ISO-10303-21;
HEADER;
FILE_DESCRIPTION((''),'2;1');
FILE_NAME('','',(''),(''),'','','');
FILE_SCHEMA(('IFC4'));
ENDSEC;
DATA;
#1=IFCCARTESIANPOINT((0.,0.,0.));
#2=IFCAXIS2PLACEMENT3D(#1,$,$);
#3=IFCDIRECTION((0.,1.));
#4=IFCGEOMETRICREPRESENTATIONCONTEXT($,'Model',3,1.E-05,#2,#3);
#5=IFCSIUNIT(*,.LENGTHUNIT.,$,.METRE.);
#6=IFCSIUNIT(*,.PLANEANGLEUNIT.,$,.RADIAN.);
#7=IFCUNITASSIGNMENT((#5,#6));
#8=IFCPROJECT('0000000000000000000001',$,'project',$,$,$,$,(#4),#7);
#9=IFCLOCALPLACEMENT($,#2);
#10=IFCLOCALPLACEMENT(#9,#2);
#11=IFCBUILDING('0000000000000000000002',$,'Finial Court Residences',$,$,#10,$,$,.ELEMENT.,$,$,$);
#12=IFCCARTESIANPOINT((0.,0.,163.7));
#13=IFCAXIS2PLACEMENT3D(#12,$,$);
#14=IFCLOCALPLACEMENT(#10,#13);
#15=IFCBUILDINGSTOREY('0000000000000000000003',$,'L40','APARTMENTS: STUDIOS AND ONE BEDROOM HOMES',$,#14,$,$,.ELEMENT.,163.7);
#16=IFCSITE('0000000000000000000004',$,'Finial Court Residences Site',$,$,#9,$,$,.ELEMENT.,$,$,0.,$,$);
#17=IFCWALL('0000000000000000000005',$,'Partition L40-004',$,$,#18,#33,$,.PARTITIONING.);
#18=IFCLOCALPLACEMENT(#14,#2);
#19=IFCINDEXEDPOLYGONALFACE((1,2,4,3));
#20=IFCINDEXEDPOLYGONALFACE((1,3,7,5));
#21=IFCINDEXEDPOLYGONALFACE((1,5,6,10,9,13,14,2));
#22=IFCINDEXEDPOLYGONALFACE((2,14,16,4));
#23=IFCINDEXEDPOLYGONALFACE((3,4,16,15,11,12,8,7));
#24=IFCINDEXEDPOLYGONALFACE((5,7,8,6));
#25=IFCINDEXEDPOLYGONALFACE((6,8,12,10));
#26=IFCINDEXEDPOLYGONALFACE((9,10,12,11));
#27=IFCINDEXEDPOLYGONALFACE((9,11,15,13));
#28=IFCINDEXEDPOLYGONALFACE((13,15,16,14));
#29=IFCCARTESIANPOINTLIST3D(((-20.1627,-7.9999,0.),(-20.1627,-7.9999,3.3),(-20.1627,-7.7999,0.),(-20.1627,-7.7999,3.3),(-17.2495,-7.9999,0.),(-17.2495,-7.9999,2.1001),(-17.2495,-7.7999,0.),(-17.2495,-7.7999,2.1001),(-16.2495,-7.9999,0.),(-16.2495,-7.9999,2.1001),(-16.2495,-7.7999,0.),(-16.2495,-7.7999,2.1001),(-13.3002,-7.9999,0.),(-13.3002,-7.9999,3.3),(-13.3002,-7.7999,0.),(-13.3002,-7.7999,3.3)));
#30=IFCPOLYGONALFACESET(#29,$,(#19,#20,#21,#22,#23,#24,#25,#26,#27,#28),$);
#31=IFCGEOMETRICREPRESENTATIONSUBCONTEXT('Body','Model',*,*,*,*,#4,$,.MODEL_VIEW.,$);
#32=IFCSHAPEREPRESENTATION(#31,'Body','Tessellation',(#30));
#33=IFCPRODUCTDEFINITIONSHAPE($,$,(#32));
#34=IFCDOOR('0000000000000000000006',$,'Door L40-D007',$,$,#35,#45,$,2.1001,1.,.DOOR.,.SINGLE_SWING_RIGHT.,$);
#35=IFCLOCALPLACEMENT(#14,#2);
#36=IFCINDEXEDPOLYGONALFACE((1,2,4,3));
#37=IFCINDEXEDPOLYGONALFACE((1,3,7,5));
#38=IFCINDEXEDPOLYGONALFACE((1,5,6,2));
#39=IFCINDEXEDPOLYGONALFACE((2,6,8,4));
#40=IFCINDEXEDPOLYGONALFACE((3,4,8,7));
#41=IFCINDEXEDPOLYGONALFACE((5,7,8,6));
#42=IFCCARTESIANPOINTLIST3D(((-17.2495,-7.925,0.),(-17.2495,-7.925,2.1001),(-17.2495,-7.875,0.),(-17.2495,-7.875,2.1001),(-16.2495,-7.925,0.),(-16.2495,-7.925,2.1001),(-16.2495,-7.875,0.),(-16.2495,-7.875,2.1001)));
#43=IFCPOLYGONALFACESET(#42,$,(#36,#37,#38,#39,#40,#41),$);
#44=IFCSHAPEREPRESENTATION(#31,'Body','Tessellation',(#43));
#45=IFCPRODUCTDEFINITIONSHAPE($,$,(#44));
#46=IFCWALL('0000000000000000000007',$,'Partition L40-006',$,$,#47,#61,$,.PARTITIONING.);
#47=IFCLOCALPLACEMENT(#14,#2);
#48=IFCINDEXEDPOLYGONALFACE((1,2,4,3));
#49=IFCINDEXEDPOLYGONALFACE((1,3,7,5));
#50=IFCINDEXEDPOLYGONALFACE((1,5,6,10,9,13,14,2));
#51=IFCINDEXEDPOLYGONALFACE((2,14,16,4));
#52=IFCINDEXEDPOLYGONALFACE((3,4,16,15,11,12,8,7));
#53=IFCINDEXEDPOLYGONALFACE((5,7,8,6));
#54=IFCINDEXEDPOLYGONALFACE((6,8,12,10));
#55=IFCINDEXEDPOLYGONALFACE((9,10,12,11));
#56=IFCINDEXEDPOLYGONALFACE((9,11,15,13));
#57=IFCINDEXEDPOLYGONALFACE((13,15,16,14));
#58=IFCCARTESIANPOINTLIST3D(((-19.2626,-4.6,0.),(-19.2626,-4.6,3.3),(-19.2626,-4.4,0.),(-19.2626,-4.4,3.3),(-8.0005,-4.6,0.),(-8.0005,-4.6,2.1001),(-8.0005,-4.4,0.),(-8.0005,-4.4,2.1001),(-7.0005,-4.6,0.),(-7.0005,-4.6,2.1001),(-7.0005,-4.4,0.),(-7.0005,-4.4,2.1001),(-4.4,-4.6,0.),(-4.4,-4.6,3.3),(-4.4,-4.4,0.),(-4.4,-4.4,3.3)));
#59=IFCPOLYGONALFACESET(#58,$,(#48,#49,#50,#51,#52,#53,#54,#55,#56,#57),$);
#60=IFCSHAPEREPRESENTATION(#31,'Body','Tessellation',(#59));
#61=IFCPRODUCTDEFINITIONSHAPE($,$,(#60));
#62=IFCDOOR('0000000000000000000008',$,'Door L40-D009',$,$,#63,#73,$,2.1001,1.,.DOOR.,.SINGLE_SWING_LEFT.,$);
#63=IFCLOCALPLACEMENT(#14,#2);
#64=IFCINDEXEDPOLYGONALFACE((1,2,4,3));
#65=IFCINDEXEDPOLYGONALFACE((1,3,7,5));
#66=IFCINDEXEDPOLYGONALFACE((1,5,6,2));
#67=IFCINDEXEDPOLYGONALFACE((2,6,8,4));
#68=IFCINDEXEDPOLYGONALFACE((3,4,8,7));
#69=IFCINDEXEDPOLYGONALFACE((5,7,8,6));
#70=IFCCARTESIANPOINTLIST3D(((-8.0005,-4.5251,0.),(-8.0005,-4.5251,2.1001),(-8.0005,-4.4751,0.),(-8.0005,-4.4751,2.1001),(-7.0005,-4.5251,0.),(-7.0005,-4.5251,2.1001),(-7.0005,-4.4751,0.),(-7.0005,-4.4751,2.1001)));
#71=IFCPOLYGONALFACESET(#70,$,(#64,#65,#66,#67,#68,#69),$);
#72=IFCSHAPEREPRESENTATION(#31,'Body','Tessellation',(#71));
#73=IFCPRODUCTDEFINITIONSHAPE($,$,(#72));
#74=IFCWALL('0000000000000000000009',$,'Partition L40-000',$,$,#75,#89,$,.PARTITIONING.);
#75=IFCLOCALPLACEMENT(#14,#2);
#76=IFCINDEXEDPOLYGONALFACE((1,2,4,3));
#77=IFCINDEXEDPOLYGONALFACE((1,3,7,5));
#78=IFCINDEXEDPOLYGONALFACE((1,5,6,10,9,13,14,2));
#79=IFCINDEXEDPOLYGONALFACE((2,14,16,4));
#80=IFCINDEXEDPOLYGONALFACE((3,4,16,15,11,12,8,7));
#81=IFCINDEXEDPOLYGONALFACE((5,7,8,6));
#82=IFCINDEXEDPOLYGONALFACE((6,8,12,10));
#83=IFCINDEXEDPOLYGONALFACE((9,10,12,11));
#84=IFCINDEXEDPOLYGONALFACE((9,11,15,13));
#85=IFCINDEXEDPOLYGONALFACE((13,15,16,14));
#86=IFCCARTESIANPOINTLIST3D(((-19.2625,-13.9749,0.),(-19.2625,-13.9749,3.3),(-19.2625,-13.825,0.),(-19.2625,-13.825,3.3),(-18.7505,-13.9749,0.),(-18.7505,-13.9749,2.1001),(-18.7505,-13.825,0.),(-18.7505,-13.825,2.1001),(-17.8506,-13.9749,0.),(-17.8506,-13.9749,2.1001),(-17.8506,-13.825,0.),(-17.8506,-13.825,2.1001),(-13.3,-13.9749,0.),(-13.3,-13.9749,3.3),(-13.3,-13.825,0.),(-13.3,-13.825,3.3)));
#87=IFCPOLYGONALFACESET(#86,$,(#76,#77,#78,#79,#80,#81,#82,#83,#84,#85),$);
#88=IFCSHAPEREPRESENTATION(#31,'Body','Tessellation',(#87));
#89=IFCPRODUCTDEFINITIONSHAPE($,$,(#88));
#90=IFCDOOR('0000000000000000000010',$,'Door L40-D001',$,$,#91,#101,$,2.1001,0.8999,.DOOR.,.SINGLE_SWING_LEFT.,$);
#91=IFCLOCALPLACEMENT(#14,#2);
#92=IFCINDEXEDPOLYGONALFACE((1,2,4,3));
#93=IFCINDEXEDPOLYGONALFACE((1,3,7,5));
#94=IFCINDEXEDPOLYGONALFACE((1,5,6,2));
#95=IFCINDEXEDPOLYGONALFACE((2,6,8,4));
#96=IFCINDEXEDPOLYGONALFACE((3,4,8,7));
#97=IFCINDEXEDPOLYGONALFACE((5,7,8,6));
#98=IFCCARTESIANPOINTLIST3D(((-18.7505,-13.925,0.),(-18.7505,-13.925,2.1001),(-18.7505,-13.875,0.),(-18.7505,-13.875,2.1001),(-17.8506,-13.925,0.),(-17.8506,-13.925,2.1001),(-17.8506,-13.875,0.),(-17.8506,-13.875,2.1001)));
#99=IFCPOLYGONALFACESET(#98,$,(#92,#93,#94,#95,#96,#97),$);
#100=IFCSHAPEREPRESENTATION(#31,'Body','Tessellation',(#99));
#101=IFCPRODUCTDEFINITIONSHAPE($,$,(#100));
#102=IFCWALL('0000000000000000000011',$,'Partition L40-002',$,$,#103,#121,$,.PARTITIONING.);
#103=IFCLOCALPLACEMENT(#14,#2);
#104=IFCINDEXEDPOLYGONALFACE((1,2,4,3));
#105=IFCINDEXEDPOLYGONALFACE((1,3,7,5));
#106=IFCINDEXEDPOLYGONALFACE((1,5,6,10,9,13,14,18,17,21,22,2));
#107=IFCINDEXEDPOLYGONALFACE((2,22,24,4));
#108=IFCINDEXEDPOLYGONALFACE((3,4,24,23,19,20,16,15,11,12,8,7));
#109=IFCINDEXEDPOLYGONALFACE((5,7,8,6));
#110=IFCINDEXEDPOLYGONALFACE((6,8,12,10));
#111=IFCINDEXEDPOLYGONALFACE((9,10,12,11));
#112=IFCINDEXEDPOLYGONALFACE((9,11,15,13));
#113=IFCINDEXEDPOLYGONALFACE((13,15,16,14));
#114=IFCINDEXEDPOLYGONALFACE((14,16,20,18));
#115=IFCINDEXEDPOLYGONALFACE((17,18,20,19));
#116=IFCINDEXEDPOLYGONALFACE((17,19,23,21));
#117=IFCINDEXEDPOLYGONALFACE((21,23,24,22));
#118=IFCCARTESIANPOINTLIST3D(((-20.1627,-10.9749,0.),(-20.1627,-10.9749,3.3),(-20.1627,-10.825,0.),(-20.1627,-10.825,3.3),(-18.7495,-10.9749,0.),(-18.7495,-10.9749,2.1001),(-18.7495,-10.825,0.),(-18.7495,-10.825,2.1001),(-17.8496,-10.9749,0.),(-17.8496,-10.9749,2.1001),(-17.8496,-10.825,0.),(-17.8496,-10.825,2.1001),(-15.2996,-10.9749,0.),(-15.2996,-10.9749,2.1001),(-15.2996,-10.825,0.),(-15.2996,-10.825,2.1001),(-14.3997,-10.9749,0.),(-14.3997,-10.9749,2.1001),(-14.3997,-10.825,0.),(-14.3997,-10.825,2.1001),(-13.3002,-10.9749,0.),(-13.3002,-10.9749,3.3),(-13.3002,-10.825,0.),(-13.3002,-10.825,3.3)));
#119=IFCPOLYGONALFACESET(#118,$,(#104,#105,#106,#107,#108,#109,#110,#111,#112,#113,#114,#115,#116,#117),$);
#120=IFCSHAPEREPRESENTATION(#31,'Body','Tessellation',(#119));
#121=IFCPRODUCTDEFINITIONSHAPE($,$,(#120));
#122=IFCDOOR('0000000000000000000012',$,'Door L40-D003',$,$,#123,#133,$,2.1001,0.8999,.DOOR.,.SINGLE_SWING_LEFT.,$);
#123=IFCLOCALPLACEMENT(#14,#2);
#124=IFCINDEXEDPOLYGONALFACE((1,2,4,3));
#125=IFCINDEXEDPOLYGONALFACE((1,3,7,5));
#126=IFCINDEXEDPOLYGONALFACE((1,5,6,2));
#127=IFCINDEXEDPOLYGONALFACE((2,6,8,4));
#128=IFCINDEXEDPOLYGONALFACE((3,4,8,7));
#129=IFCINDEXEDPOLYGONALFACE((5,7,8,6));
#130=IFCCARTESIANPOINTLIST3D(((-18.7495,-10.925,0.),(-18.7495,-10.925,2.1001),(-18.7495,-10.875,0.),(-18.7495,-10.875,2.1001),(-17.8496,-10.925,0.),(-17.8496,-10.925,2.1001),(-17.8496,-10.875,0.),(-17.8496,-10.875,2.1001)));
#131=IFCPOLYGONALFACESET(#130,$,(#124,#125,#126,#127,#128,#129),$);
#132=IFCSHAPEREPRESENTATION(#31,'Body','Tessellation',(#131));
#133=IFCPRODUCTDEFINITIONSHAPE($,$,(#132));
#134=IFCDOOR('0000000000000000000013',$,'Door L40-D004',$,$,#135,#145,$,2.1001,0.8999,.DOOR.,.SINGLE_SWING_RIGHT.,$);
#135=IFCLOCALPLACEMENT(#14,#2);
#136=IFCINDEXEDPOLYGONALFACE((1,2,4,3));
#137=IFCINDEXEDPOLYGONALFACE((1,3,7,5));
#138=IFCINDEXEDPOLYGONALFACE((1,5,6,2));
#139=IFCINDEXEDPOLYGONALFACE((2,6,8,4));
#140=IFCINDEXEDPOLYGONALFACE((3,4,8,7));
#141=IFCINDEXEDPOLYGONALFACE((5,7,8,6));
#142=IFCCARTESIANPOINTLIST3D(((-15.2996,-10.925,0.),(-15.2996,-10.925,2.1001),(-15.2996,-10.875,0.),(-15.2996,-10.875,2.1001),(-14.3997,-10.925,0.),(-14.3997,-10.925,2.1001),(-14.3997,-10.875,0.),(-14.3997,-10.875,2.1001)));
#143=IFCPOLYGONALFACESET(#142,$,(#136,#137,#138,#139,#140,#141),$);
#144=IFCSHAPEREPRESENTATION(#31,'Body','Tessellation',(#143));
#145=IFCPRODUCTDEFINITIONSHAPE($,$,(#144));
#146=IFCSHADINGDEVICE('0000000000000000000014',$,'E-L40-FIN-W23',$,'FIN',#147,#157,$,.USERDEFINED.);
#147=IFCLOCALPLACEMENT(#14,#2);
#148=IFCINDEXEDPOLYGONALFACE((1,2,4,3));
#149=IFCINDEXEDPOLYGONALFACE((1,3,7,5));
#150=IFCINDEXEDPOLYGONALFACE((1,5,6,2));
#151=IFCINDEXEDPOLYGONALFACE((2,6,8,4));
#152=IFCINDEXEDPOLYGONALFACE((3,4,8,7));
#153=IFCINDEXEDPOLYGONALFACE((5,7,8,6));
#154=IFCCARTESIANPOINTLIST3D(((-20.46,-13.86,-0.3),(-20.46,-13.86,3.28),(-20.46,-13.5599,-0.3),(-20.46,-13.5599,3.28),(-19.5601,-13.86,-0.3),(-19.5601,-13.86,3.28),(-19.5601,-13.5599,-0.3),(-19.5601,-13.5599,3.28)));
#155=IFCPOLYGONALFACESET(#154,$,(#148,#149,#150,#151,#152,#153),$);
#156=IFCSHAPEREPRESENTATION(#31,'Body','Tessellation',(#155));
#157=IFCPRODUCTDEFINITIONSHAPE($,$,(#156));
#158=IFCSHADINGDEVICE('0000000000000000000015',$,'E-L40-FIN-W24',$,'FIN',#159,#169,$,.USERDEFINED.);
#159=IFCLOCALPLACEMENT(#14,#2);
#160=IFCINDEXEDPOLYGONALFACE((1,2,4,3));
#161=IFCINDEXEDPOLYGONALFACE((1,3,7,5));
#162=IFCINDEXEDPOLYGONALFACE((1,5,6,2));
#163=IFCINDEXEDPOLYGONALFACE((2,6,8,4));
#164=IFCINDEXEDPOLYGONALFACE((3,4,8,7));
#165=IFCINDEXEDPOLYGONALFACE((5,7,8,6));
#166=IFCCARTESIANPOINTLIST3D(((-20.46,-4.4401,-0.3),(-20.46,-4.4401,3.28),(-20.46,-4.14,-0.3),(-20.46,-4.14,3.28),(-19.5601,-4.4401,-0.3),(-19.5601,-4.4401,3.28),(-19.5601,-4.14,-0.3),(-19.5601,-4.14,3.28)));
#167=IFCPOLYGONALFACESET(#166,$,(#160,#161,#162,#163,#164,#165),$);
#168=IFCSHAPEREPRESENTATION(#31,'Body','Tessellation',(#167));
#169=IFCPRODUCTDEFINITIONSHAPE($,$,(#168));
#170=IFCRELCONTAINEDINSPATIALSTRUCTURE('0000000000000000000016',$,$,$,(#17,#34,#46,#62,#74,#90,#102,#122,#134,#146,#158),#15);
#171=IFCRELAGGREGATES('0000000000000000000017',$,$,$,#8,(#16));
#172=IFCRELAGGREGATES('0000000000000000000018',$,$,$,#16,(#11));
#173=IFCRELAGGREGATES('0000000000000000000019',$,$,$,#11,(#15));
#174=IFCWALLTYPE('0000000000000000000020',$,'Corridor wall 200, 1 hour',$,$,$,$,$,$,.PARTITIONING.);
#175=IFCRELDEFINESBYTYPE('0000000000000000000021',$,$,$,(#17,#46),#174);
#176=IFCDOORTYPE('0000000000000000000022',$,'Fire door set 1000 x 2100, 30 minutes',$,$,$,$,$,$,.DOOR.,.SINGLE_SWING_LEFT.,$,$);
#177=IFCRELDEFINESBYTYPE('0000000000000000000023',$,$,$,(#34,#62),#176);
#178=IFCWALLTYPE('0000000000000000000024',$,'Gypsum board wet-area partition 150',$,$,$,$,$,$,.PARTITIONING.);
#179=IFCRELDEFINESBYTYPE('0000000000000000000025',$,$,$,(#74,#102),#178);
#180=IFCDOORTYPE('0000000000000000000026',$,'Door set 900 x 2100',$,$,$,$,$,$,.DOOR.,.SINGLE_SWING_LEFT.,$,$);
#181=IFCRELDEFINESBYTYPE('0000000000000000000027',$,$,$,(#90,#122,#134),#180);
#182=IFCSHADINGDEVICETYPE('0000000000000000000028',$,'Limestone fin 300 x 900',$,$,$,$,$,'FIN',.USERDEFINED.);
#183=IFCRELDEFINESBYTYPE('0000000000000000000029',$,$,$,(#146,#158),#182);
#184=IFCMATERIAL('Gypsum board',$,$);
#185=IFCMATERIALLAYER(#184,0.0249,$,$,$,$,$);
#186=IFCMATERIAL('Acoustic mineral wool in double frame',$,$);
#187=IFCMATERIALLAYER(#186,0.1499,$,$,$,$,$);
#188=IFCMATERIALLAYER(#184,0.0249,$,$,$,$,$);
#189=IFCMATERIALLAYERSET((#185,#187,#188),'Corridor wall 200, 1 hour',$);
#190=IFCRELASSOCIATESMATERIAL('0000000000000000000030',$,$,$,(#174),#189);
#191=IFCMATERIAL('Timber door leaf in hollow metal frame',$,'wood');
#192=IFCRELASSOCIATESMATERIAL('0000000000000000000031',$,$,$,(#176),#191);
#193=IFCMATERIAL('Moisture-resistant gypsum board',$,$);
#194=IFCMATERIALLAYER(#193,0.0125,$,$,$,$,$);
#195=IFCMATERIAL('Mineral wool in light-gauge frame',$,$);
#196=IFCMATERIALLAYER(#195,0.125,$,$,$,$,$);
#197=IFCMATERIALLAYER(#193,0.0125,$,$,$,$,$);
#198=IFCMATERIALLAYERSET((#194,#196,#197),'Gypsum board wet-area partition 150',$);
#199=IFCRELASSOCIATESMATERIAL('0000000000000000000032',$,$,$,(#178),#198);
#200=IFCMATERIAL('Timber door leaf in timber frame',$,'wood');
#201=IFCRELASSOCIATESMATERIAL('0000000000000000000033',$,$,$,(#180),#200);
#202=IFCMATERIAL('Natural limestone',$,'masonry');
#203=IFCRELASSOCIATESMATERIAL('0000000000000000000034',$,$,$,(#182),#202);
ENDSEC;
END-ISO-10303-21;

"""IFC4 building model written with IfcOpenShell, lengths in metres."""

from ifc_helpers import new_model, si_unit, direction, frame, frame_2d, origin, origin_2d, place, context, subcontext, project, spatial, rectangle, extrude, material, layer, layer_set, type_object, element, fill, save


model = new_model("IFC4")

# Units and contexts
model_context = context("Model", 3, precision=1e-05, world=origin(), true_north=direction((0.0, 1.0)))
body_context = subcontext(model_context, "Body", "Model", "MODEL_VIEW")
ifc_project = project(units=[si_unit("LENGTHUNIT", "METRE"), si_unit("PLANEANGLEUNIT", "RADIAN")], contexts=[model_context])

# Site, building, storey
site_placement = place(None, origin())
site = spatial("IfcSite", under=ifc_project, at=site_placement, Name="Finial Court Residences Site", CompositionType="ELEMENT", RefElevation=0.0)
building_placement = place(site_placement, origin())
building = spatial("IfcBuilding", under=site, at=building_placement, Name="Finial Court Residences", CompositionType="ELEMENT")
storey_placement = place(building_placement, frame((0.0, 0.0, 163.7)))
storey = spatial("IfcBuildingStorey", under=building, at=storey_placement, Name="L40", Description="APARTMENTS: STUDIOS AND ONE BEDROOM HOMES", CompositionType="ELEMENT", Elevation=163.7)

# Walls, openings, doors
ifc_material_1 = material(Name="Gypsum board")
ifc_layer_1 = layer(ifc_material_1, 0.0249)
ifc_material_2 = material(Name="Acoustic mineral wool in double frame")
ifc_layer_2 = layer(ifc_material_2, 0.1499)
ifc_layer_3 = layer(ifc_material_1, 0.0249)
ifc_layer_set_1 = layer_set([ifc_layer_1, ifc_layer_2, ifc_layer_3], Name="Corridor wall 200, 1 hour")
wall_type_1 = type_object("IfcWallType", Name="Corridor wall 200, 1 hour", PredefinedType="PARTITIONING", material=ifc_layer_set_1)
wall_1_placement = place(storey_placement, frame((-20.1626, -7.8999, 0.0), z_axis=(0.0, 0.0, 1.0), x_axis=(1.0, 0.0, 0.0)))
wall_1 = element("IfcWall", 1, at=wall_1_placement, inside=storey, type_object=wall_type_1, Name="Partition L40-004", PredefinedType="PARTITIONING", context=body_context, shape_type="SweptSolid", body=[
    extrude(rectangle(XDim=6.8625, YDim=0.2, at=frame_2d((3.4312, 0.0))), origin(), (0.0, 0.0, 1.0), 3.3),
])
opening_1_placement = place(wall_1_placement, frame((2.9131, 0.0, 0.0)))
opening_1 = element("IfcOpeningElement", 2, at=opening_1_placement, cuts=wall_1, PredefinedType="OPENING", context=body_context, shape_type="SweptSolid", body=[
    extrude(rectangle(XDim=1.0, YDim=2.1001, at=frame_2d((0.5, 1.05))), frame((0.0, 0.1099, 0.0), z_axis=(0.0, -1.0, 0.0), x_axis=(1.0, 0.0, 0.0)), (0.0, 0.0, 1.0), 0.22),
])
ifc_material_3 = material(Name="Timber door leaf in hollow metal frame", Category="wood")
door_type_1 = type_object("IfcDoorType", Name="Fire door set 1000 x 2100, 30 minutes", OperationType="SINGLE_SWING_LEFT", PredefinedType="DOOR", material=ifc_material_3)
door_1_placement = place(opening_1_placement, origin())
door_1 = element("IfcDoor", 3, at=door_1_placement, inside=storey, type_object=door_type_1, Name="Door L40-D007", OperationType="SINGLE_SWING_RIGHT", OverallHeight=2.1001, OverallWidth=1.0, PredefinedType="DOOR", context=body_context, shape_type="SweptSolid", body=[
    extrude(rectangle(XDim=1.0, YDim=2.1001, at=frame_2d((0.5, 1.05))), frame((0.0, 0.0249, 0.0), z_axis=(0.0, -1.0, 0.0), x_axis=(1.0, 0.0, 0.0)), (0.0, 0.0, 1.0), 0.05),
])
fill(opening_1, door_1)
wall_2_placement = place(storey_placement, frame((-19.2625, -4.5, 0.0), z_axis=(0.0, 0.0, 1.0), x_axis=(1.0, 0.0, 0.0)))
wall_2 = element("IfcWall", 4, at=wall_2_placement, inside=storey, type_object=wall_type_1, Name="Partition L40-006", PredefinedType="PARTITIONING", context=body_context, shape_type="SweptSolid", body=[
    extrude(rectangle(XDim=14.8625, YDim=0.2, at=frame_2d((7.4312, 0.0))), origin(), (0.0, 0.0, 1.0), 3.3),
])
opening_2_placement = place(wall_2_placement, frame((11.262, 0.0, 0.0)))
opening_2 = element("IfcOpeningElement", 5, at=opening_2_placement, cuts=wall_2, PredefinedType="OPENING", context=body_context, shape_type="SweptSolid", body=[
    extrude(rectangle(XDim=1.0, YDim=2.1001, at=frame_2d((0.5, 1.05))), frame((0.0, 0.1099, 0.0), z_axis=(0.0, -1.0, 0.0), x_axis=(1.0, 0.0, 0.0)), (0.0, 0.0, 1.0), 0.22),
])
door_2_placement = place(opening_2_placement, origin())
door_2 = element("IfcDoor", 6, at=door_2_placement, inside=storey, type_object=door_type_1, Name="Door L40-D009", OperationType="SINGLE_SWING_LEFT", OverallHeight=2.1001, OverallWidth=1.0, PredefinedType="DOOR", context=body_context, shape_type="SweptSolid", body=[
    extrude(rectangle(XDim=1.0, YDim=2.1001, at=frame_2d((0.5, 1.05))), frame((0.0, 0.0249, 0.0), z_axis=(0.0, -1.0, 0.0), x_axis=(1.0, 0.0, 0.0)), (0.0, 0.0, 1.0), 0.05),
])
fill(opening_2, door_2)
ifc_material_4 = material(Name="Moisture-resistant gypsum board")
ifc_layer_4 = layer(ifc_material_4, 0.0125)
ifc_material_5 = material(Name="Mineral wool in light-gauge frame")
ifc_layer_5 = layer(ifc_material_5, 0.125)
ifc_layer_6 = layer(ifc_material_4, 0.0125)
ifc_layer_set_2 = layer_set([ifc_layer_4, ifc_layer_5, ifc_layer_6], Name="Gypsum board wet-area partition 150")
wall_type_2 = type_object("IfcWallType", Name="Gypsum board wet-area partition 150", PredefinedType="PARTITIONING", material=ifc_layer_set_2)
wall_3_placement = place(storey_placement, frame((-19.2625, -13.8999, 0.0), z_axis=(0.0, 0.0, 1.0), x_axis=(1.0, 0.0, 0.0)))
wall_3 = element("IfcWall", 7, at=wall_3_placement, inside=storey, type_object=wall_type_2, Name="Partition L40-000", PredefinedType="PARTITIONING", context=body_context, shape_type="SweptSolid", body=[
    extrude(rectangle(XDim=5.9624, YDim=0.1499, at=frame_2d((2.9812, 0.0))), origin(), (0.0, 0.0, 1.0), 3.3),
])
opening_3_placement = place(wall_3_placement, frame((0.512, 0.0, 0.0)))
opening_3 = element("IfcOpeningElement", 8, at=opening_3_placement, cuts=wall_3, PredefinedType="OPENING", context=body_context, shape_type="SweptSolid", body=[
    extrude(rectangle(XDim=0.8999, YDim=2.1001, at=frame_2d((0.45, 1.05))), frame((0.0, 0.085, 0.0), z_axis=(0.0, -1.0, 0.0), x_axis=(1.0, 0.0, 0.0)), (0.0, 0.0, 1.0), 0.1699),
])
ifc_material_6 = material(Name="Timber door leaf in timber frame", Category="wood")
door_type_2 = type_object("IfcDoorType", Name="Door set 900 x 2100", OperationType="SINGLE_SWING_LEFT", PredefinedType="DOOR", material=ifc_material_6)
door_3_placement = place(opening_3_placement, origin())
door_3 = element("IfcDoor", 9, at=door_3_placement, inside=storey, type_object=door_type_2, Name="Door L40-D001", OperationType="SINGLE_SWING_LEFT", OverallHeight=2.1001, OverallWidth=0.8999, PredefinedType="DOOR", context=body_context, shape_type="SweptSolid", body=[
    extrude(rectangle(XDim=0.8999, YDim=2.1001, at=frame_2d((0.45, 1.05))), frame((0.0, 0.0249, 0.0), z_axis=(0.0, -1.0, 0.0), x_axis=(1.0, 0.0, 0.0)), (0.0, 0.0, 1.0), 0.05),
])
fill(opening_3, door_3)

# Wall, openings, doors
wall_4_placement = place(storey_placement, frame((-20.1626, -10.8999, 0.0), z_axis=(0.0, 0.0, 1.0), x_axis=(1.0, 0.0, 0.0)))
wall_4 = element("IfcWall", 10, at=wall_4_placement, inside=storey, type_object=wall_type_2, Name="Partition L40-002", PredefinedType="PARTITIONING", context=body_context, shape_type="SweptSolid", body=[
    extrude(rectangle(XDim=6.8625, YDim=0.1499, at=frame_2d((3.4312, 0.0))), origin(), (0.0, 0.0, 1.0), 3.3),
])
opening_4_placement = place(wall_4_placement, frame((1.4131, 0.0, 0.0)))
opening_4 = element("IfcOpeningElement", 11, at=opening_4_placement, cuts=wall_4, PredefinedType="OPENING", context=body_context, shape_type="SweptSolid", body=[
    extrude(rectangle(XDim=0.8999, YDim=2.1001, at=frame_2d((0.45, 1.05))), frame((0.0, 0.085, 0.0), z_axis=(0.0, -1.0, 0.0), x_axis=(1.0, 0.0, 0.0)), (0.0, 0.0, 1.0), 0.1699),
])
opening_5_placement = place(wall_4_placement, frame((4.863, 0.0, 0.0)))
opening_5 = element("IfcOpeningElement", 12, at=opening_5_placement, cuts=wall_4, PredefinedType="OPENING", context=body_context, shape_type="SweptSolid", body=[
    extrude(rectangle(XDim=0.8999, YDim=2.1001, at=frame_2d((0.45, 1.05))), frame((0.0, 0.085, 0.0), z_axis=(0.0, -1.0, 0.0), x_axis=(1.0, 0.0, 0.0)), (0.0, 0.0, 1.0), 0.1699),
])
door_4_placement = place(opening_4_placement, origin())
door_4 = element("IfcDoor", 13, at=door_4_placement, inside=storey, type_object=door_type_2, Name="Door L40-D003", OperationType="SINGLE_SWING_LEFT", OverallHeight=2.1001, OverallWidth=0.8999, PredefinedType="DOOR", context=body_context, shape_type="SweptSolid", body=[
    extrude(rectangle(XDim=0.8999, YDim=2.1001, at=frame_2d((0.45, 1.05))), frame((0.0, 0.0249, 0.0), z_axis=(0.0, -1.0, 0.0), x_axis=(1.0, 0.0, 0.0)), (0.0, 0.0, 1.0), 0.05),
])
fill(opening_4, door_4)
door_5_placement = place(opening_5_placement, origin())
door_5 = element("IfcDoor", 14, at=door_5_placement, inside=storey, type_object=door_type_2, Name="Door L40-D004", OperationType="SINGLE_SWING_RIGHT", OverallHeight=2.1001, OverallWidth=0.8999, PredefinedType="DOOR", context=body_context, shape_type="SweptSolid", body=[
    extrude(rectangle(XDim=0.8999, YDim=2.1001, at=frame_2d((0.45, 1.05))), frame((0.0, 0.0249, 0.0), z_axis=(0.0, -1.0, 0.0), x_axis=(1.0, 0.0, 0.0)), (0.0, 0.0, 1.0), 0.05),
])
fill(opening_5, door_5)

# Shading devices
ifc_material_7 = material(Name="Natural limestone", Category="masonry")
shading_device_type = type_object("IfcShadingDeviceType", Name="Limestone fin 300 x 900", ElementType="FIN", PredefinedType="USERDEFINED", material=ifc_material_7)
for number, where, z_axis, x_axis, name in (
    (15, (-20.01, -13.71, -0.3), (0.0, 0.0, 1.0), (1.0, 0.0, 0.0), "E-L40-FIN-W23"),
    (16, (-20.01, -4.29, -0.3), (0.0, 0.0, 1.0), (1.0, 0.0, 0.0), "E-L40-FIN-W24"),
):
    element("IfcShadingDevice", number, at=place(storey_placement, frame(where, z_axis=z_axis, x_axis=x_axis)), inside=storey, type_object=shading_device_type, Name=name, ObjectType="FIN", PredefinedType="USERDEFINED", context=body_context, shape_type="SweptSolid", body=[
        extrude(rectangle(XDim=0.8999, YDim=0.3, at=origin_2d()), origin(), (0.0, 0.0, 1.0), 3.5801),
    ])

save(model, "model.ifc")
